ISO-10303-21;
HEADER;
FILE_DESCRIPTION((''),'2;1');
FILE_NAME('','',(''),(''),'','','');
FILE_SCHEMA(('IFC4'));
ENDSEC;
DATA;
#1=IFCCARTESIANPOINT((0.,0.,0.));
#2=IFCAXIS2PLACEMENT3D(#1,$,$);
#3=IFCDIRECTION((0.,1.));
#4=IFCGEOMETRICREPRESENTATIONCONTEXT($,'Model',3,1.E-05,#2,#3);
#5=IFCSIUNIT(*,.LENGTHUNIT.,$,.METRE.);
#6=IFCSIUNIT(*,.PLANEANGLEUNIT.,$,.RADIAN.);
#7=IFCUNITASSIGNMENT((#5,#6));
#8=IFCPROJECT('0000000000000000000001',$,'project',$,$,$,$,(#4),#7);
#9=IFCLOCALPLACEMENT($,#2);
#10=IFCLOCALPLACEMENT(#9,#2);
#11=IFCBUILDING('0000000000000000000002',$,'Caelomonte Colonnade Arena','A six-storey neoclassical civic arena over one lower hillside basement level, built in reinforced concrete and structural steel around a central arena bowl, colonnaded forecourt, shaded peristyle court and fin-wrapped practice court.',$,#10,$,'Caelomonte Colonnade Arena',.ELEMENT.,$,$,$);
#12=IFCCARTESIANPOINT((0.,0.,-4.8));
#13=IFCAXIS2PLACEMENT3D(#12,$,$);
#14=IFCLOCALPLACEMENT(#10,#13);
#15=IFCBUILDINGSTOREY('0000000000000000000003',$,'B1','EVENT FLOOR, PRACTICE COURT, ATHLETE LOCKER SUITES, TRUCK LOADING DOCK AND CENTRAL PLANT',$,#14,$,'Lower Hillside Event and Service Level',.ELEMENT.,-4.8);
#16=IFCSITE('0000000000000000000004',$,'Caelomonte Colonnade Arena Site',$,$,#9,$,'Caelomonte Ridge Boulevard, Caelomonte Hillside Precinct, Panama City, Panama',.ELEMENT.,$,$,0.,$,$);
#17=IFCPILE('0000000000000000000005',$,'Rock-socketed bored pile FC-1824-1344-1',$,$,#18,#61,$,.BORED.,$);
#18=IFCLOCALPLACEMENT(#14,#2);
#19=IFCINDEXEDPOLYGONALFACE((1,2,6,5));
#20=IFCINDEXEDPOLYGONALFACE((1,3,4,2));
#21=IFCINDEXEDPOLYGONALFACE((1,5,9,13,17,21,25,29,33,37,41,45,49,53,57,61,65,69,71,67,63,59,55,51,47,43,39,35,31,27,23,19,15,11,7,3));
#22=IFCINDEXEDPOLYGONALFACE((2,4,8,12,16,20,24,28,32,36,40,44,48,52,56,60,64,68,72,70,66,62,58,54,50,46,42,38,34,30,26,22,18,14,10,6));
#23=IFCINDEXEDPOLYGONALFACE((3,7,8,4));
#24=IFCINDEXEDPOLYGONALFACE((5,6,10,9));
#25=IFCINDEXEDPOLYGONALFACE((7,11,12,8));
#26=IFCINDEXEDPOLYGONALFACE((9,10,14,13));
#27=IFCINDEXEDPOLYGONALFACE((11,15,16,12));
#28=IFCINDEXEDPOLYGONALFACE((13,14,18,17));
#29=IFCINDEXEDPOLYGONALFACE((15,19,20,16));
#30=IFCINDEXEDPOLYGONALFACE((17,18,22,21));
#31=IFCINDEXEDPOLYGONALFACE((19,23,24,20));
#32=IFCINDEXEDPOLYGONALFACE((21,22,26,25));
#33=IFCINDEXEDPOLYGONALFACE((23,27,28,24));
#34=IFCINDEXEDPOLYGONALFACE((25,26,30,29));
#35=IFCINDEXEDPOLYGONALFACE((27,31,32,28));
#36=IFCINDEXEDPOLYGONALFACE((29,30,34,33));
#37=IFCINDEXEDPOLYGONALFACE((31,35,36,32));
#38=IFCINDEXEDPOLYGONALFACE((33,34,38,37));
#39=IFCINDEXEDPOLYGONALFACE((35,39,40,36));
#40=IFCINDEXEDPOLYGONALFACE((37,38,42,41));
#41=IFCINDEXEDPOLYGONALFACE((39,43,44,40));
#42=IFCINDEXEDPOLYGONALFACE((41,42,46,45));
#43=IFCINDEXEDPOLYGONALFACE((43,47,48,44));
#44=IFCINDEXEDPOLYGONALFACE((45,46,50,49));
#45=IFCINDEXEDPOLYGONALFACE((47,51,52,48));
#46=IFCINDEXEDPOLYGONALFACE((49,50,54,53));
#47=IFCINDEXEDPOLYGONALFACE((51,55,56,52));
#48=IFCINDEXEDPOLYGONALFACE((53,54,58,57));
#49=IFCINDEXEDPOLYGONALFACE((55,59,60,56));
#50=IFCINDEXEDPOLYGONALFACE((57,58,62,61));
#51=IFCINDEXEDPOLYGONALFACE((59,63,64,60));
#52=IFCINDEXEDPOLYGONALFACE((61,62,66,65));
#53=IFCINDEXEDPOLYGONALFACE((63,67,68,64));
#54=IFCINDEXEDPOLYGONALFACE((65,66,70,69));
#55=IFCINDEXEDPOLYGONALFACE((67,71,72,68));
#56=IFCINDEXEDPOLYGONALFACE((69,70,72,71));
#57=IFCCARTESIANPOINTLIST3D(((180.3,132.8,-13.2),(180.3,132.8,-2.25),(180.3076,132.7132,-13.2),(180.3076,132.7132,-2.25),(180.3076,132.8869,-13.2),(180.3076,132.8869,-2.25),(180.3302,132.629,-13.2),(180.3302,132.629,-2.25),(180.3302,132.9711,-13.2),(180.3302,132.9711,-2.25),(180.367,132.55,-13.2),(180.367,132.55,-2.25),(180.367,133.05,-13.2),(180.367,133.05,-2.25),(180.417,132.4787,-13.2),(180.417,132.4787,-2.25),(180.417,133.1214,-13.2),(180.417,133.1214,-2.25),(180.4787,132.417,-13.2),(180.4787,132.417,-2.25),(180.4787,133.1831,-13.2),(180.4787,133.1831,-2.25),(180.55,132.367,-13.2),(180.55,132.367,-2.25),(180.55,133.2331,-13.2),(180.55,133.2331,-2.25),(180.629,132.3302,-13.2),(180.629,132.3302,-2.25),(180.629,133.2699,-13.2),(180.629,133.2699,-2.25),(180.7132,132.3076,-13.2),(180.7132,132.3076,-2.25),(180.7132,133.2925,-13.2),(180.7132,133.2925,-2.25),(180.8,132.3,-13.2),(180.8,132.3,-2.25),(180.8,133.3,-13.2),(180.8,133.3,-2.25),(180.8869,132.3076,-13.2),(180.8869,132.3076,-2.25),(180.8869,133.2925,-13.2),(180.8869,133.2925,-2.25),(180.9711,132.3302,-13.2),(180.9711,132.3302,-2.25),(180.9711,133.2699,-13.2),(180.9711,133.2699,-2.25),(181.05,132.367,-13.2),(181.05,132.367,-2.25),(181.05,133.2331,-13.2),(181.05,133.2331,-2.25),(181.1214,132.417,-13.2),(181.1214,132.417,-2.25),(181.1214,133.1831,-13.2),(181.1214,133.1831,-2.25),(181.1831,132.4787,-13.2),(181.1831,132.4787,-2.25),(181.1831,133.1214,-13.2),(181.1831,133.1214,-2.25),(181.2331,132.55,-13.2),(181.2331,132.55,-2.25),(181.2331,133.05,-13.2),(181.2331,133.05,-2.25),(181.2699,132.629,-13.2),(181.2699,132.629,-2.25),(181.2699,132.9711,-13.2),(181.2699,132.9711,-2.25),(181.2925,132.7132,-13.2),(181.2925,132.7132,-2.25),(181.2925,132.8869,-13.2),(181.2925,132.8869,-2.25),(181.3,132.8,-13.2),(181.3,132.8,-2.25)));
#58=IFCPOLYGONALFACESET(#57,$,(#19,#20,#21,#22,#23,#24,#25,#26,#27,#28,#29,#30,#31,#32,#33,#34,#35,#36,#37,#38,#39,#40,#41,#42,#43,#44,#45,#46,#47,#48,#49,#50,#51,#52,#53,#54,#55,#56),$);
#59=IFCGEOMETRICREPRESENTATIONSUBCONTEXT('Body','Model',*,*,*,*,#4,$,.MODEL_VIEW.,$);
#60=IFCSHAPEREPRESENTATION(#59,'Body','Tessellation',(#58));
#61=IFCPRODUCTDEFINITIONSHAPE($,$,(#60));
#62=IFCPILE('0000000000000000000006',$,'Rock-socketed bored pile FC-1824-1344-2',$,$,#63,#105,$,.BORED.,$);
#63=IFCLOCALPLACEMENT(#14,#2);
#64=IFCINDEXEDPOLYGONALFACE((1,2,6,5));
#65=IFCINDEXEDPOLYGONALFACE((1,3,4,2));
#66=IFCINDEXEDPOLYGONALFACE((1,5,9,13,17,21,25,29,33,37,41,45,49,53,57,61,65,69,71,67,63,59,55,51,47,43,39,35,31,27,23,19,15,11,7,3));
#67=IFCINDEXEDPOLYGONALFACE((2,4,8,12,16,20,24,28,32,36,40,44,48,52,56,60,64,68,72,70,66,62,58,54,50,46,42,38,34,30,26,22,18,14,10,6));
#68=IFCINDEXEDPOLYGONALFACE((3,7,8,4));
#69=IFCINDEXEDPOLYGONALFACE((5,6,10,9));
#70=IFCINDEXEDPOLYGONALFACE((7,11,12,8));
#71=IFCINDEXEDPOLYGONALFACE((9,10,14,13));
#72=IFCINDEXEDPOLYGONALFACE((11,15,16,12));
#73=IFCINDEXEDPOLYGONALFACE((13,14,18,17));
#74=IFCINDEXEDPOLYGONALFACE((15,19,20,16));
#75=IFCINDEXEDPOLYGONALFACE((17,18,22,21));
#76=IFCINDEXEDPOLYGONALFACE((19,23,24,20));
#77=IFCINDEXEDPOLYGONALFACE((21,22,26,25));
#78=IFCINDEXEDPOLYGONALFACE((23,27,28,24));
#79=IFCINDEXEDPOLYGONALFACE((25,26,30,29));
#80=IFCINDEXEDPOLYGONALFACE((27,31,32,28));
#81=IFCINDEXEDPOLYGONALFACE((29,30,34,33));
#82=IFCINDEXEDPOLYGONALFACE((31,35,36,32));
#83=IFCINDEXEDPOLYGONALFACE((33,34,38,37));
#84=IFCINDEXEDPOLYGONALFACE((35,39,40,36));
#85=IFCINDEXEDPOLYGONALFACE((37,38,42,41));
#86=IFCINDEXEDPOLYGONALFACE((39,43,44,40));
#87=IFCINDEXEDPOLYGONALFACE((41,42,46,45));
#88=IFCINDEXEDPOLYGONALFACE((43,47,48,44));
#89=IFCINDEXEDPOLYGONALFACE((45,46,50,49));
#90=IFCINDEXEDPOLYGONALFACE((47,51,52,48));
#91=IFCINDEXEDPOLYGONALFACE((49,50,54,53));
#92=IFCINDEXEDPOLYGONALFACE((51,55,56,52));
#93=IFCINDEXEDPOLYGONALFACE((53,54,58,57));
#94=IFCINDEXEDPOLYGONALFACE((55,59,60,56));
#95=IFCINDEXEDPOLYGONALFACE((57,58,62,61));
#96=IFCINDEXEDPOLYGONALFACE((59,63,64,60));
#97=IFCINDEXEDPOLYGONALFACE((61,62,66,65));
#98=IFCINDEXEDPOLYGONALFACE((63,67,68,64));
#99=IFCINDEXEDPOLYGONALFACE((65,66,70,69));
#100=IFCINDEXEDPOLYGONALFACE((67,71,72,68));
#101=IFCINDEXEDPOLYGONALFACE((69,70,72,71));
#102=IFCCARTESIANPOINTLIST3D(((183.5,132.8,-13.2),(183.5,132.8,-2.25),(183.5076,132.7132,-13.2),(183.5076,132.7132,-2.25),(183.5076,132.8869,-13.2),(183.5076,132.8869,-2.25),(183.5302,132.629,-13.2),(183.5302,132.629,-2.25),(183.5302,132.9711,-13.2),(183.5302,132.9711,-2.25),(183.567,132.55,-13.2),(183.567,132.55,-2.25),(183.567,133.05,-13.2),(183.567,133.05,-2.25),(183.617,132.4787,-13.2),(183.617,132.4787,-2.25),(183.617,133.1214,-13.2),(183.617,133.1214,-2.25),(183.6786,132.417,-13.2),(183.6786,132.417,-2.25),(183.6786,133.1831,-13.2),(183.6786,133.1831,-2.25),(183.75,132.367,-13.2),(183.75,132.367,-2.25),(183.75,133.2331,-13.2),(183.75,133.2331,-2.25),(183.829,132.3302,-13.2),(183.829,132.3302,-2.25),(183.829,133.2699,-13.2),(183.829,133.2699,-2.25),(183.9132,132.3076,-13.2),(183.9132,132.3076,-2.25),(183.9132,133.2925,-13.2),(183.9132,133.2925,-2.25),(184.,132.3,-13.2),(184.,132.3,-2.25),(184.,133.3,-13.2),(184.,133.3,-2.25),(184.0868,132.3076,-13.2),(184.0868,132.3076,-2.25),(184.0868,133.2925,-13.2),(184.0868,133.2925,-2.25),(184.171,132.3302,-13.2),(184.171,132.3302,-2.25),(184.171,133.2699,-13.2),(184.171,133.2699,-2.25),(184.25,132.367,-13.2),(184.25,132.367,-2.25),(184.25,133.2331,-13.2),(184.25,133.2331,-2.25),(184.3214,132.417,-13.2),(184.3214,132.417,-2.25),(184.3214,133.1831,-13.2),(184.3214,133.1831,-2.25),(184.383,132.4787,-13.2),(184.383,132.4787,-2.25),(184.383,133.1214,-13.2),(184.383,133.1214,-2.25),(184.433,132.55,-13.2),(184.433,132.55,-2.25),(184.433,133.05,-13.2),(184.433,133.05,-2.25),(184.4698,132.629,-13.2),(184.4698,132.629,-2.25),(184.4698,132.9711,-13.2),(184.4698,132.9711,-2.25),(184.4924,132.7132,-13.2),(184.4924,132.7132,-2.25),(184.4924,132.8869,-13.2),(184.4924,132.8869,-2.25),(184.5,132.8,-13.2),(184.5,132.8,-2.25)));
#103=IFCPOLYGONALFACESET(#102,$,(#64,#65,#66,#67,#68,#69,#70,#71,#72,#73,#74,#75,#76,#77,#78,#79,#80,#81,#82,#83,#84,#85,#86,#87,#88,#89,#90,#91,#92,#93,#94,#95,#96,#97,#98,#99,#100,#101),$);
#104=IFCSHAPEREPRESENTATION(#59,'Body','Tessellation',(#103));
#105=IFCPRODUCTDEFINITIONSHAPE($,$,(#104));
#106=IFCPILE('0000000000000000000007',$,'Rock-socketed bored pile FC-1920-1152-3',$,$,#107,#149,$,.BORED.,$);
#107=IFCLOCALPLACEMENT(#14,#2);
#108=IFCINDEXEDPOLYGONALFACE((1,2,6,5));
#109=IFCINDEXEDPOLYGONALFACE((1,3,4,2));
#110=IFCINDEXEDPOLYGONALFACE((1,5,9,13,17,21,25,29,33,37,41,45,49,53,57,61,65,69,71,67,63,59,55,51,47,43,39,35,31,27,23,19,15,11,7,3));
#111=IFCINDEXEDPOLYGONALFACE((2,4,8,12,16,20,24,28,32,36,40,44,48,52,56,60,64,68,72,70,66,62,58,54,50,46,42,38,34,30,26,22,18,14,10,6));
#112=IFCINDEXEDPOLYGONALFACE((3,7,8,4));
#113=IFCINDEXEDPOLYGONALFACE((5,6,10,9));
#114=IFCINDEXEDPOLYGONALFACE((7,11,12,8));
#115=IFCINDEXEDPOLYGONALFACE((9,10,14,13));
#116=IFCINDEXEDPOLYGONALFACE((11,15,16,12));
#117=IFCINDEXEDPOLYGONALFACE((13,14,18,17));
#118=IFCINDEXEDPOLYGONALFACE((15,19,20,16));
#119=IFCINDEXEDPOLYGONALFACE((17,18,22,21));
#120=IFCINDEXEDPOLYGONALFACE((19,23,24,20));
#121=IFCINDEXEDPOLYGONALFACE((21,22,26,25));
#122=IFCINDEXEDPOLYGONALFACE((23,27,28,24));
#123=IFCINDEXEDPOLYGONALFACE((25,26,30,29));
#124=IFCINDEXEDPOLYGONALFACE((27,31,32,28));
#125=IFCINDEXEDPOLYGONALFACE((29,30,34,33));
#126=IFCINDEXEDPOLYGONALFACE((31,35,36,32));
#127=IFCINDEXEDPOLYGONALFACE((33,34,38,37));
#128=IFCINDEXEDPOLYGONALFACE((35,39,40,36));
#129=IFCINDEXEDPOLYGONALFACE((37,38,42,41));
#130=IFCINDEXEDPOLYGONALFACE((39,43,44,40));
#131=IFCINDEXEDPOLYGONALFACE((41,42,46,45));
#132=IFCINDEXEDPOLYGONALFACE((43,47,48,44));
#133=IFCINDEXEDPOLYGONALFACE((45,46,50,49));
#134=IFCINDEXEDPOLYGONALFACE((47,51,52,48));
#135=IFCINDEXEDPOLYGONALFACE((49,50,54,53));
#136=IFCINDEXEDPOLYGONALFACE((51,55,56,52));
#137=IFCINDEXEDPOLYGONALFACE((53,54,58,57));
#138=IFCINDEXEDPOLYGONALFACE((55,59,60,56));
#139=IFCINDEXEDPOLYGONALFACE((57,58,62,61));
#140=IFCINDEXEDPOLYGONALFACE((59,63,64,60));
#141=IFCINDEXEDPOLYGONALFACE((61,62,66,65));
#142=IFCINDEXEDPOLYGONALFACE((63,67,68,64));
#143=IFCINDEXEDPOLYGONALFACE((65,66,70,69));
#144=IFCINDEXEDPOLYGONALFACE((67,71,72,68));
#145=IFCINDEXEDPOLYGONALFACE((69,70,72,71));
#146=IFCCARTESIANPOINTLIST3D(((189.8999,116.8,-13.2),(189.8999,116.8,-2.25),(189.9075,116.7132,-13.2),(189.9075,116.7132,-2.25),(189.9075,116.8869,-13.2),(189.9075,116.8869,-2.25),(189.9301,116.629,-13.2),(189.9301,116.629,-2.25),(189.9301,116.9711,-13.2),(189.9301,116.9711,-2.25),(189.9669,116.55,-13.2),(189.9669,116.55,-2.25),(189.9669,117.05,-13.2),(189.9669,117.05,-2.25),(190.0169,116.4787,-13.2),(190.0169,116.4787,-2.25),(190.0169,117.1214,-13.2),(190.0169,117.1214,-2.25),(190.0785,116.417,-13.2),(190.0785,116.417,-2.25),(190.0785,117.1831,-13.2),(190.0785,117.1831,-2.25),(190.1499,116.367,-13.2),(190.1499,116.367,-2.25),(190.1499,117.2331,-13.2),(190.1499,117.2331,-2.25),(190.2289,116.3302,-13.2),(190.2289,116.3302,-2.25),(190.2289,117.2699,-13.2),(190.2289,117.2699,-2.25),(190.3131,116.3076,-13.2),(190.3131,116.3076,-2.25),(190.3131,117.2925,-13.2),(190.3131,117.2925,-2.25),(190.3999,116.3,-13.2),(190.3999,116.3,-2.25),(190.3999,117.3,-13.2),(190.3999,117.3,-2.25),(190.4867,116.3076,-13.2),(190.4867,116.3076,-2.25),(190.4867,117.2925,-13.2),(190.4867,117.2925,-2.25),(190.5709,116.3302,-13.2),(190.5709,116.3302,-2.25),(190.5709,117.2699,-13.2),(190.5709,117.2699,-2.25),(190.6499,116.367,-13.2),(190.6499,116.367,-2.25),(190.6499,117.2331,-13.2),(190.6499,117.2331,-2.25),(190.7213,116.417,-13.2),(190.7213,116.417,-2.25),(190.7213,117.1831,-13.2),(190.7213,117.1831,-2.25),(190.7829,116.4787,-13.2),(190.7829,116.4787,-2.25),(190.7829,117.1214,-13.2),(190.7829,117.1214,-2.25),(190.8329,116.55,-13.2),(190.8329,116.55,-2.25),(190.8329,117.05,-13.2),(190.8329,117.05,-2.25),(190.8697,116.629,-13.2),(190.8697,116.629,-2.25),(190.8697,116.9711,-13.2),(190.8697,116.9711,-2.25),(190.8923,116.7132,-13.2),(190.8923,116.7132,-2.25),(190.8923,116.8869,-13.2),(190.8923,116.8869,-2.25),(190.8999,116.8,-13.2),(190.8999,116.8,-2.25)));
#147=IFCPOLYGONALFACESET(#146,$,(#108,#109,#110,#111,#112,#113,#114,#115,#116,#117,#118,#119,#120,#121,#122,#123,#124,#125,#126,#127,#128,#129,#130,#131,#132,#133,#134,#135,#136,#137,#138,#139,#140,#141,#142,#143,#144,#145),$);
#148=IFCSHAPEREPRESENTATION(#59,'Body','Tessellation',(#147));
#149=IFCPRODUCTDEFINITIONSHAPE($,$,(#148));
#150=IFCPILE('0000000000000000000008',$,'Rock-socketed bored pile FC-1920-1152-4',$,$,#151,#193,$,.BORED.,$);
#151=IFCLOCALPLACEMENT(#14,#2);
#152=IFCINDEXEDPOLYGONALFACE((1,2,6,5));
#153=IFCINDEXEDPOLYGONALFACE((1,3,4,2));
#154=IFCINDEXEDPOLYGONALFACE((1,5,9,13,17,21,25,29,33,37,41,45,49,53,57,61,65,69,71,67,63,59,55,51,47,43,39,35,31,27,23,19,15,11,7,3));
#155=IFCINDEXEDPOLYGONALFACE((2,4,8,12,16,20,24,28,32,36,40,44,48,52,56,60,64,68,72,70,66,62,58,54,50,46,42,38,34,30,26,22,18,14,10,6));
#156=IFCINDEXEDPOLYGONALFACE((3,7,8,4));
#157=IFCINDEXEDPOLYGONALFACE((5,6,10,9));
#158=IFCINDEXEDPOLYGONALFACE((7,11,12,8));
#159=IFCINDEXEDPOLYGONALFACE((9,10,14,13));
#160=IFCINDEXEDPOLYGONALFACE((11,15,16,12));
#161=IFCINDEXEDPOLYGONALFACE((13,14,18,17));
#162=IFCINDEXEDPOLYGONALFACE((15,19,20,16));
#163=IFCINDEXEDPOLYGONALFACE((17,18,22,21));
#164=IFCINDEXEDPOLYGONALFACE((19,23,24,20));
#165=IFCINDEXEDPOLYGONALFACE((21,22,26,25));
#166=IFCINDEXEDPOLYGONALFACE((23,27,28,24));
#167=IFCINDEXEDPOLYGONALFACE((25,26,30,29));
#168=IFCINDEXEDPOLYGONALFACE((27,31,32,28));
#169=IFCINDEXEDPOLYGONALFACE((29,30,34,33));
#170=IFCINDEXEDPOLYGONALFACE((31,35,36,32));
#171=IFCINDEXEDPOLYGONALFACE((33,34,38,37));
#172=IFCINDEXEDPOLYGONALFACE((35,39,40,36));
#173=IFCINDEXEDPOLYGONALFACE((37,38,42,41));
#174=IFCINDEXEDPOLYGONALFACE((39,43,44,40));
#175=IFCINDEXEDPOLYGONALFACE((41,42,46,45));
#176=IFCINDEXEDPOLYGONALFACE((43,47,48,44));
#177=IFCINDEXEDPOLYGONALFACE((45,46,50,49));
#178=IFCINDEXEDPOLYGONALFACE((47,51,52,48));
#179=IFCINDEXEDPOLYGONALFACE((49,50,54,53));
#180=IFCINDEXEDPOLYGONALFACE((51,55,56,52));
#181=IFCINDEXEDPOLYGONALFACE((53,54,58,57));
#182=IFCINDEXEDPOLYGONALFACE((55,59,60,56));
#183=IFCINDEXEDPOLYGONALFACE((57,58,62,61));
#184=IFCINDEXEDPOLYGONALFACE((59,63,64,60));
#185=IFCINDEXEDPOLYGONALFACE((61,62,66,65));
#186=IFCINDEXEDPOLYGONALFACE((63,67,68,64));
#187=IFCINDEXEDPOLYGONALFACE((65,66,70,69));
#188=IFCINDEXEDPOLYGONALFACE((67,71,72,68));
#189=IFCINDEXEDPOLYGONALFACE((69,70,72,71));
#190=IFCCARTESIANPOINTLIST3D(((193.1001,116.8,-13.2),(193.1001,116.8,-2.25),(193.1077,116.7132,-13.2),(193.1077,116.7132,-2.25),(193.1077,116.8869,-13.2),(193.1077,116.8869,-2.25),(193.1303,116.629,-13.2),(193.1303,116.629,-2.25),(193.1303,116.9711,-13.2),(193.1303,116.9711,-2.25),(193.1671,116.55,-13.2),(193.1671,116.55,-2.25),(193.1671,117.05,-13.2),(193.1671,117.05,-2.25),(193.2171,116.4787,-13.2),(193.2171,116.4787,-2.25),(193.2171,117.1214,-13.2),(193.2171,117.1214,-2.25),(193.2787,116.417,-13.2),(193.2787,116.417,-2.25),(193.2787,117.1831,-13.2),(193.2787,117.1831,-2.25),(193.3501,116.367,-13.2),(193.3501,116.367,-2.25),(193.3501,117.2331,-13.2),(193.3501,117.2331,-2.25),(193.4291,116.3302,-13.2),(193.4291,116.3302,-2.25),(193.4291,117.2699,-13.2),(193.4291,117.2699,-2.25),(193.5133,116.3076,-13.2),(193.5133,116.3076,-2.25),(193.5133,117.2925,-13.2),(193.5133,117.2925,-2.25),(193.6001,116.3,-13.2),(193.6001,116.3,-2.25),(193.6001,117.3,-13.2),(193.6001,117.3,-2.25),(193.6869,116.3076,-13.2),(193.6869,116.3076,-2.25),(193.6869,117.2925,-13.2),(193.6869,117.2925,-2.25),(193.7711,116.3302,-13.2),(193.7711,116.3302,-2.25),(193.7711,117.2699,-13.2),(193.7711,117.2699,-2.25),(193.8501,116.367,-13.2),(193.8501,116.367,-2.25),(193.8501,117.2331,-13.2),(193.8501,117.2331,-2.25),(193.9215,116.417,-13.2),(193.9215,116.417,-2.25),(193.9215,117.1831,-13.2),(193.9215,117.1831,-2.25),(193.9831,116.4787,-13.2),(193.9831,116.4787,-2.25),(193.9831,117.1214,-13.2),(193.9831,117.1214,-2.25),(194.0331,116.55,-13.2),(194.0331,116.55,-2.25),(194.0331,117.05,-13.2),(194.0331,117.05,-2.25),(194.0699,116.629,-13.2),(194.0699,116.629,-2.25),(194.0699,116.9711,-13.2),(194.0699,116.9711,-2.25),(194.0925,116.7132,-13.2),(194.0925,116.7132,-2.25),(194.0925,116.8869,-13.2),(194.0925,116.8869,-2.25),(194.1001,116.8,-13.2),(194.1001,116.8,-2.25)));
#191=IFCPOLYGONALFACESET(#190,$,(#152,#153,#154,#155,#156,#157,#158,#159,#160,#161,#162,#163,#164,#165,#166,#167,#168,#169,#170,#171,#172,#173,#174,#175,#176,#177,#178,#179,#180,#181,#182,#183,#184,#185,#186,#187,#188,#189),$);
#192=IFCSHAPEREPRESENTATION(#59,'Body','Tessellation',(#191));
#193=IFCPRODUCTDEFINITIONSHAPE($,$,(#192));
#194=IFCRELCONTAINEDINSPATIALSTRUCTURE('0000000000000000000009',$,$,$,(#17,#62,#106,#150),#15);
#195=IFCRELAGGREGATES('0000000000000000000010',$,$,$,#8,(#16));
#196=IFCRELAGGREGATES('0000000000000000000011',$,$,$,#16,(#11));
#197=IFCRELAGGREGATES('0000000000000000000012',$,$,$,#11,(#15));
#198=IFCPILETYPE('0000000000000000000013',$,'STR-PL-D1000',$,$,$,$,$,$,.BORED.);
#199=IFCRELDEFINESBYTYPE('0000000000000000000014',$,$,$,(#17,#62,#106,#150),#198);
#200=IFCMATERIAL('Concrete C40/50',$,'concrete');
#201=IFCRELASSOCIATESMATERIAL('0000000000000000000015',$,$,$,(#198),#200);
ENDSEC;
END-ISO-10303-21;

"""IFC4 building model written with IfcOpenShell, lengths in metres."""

from ifc_helpers import new_model, si_unit, direction, frame, origin, origin_2d, place, context, subcontext, project, spatial, circle, extrude, material, material_profile, profile_set, type_object, element, save


model = new_model("IFC4")

# Units and contexts
model_context = context("Model", 3, precision=1e-05, world=origin(), true_north=direction((0.0, 1.0)))
body_context = subcontext(model_context, "Body", "Model", "MODEL_VIEW")
ifc_project = project(units=[si_unit("LENGTHUNIT", "METRE"), si_unit("PLANEANGLEUNIT", "RADIAN")], contexts=[model_context])

# Site, building, storey
site_placement = place(None, origin())
site = spatial("IfcSite", under=ifc_project, at=site_placement, Name="Caelomonte Colonnade Arena Site", LongName="Caelomonte Ridge Boulevard, Caelomonte Hillside Precinct, Panama City, Panama", CompositionType="ELEMENT", RefElevation=0.0)
building_placement = place(site_placement, origin())
building = spatial("IfcBuilding", under=site, at=building_placement, Name="Caelomonte Colonnade Arena", Description="A six-storey neoclassical civic arena over one lower hillside basement level, built in reinforced concrete and structural steel around a central arena bowl, colonnaded forecourt, shaded peristyle court and fin-wrapped practice court.", LongName="Caelomonte Colonnade Arena", CompositionType="ELEMENT")
storey_placement = place(building_placement, frame((0.0, 0.0, -4.8)))
storey = spatial("IfcBuildingStorey", under=building, at=storey_placement, Name="B1", Description="EVENT FLOOR, PRACTICE COURT, ATHLETE LOCKER SUITES, TRUCK LOADING DOCK AND CENTRAL PLANT", LongName="Lower Hillside Event and Service Level", CompositionType="ELEMENT", Elevation=-4.8)

# Shared definitions
ifc_material_1 = material(Name="Concrete C40/50", Category="concrete")

# Piles
ifc_material_profile_1 = material_profile(ifc_material_1, circle(Radius=0.5, at=origin_2d()), Name="PILE-D1000")
ifc_profile_set_1 = profile_set([ifc_material_profile_1], Name="Concrete C40/50")
pile_type = type_object("IfcPileType", Name="STR-PL-D1000", PredefinedType="BORED", material=ifc_profile_set_1)
for number, where, z_axis, x_axis, name in (
    (1, (180.8, 132.8, -2.25), (0.0, 0.0, -1.0), (1.0, 0.0, 0.0), "Rock-socketed bored pile FC-1824-1344-1"),
    (2, (184.0, 132.8, -2.25), (0.0, 0.0, -1.0), (1.0, 0.0, 0.0), "Rock-socketed bored pile FC-1824-1344-2"),
    (3, (190.3999, 116.8, -2.25), (0.0, 0.0, -1.0), (1.0, 0.0, 0.0), "Rock-socketed bored pile FC-1920-1152-3"),
    (4, (193.6001, 116.8, -2.25), (0.0, 0.0, -1.0), (1.0, 0.0, 0.0), "Rock-socketed bored pile FC-1920-1152-4"),
):
    element("IfcPile", number, at=place(storey_placement, frame(where, z_axis=z_axis, x_axis=x_axis)), inside=storey, type_object=pile_type, Name=name, PredefinedType="BORED", context=body_context, shape_type="SweptSolid", body=[
        extrude(circle(Radius=0.5, at=origin_2d()), origin(), (0.0, 0.0, 1.0), 10.95),
    ])

save(model, "model.ifc")
